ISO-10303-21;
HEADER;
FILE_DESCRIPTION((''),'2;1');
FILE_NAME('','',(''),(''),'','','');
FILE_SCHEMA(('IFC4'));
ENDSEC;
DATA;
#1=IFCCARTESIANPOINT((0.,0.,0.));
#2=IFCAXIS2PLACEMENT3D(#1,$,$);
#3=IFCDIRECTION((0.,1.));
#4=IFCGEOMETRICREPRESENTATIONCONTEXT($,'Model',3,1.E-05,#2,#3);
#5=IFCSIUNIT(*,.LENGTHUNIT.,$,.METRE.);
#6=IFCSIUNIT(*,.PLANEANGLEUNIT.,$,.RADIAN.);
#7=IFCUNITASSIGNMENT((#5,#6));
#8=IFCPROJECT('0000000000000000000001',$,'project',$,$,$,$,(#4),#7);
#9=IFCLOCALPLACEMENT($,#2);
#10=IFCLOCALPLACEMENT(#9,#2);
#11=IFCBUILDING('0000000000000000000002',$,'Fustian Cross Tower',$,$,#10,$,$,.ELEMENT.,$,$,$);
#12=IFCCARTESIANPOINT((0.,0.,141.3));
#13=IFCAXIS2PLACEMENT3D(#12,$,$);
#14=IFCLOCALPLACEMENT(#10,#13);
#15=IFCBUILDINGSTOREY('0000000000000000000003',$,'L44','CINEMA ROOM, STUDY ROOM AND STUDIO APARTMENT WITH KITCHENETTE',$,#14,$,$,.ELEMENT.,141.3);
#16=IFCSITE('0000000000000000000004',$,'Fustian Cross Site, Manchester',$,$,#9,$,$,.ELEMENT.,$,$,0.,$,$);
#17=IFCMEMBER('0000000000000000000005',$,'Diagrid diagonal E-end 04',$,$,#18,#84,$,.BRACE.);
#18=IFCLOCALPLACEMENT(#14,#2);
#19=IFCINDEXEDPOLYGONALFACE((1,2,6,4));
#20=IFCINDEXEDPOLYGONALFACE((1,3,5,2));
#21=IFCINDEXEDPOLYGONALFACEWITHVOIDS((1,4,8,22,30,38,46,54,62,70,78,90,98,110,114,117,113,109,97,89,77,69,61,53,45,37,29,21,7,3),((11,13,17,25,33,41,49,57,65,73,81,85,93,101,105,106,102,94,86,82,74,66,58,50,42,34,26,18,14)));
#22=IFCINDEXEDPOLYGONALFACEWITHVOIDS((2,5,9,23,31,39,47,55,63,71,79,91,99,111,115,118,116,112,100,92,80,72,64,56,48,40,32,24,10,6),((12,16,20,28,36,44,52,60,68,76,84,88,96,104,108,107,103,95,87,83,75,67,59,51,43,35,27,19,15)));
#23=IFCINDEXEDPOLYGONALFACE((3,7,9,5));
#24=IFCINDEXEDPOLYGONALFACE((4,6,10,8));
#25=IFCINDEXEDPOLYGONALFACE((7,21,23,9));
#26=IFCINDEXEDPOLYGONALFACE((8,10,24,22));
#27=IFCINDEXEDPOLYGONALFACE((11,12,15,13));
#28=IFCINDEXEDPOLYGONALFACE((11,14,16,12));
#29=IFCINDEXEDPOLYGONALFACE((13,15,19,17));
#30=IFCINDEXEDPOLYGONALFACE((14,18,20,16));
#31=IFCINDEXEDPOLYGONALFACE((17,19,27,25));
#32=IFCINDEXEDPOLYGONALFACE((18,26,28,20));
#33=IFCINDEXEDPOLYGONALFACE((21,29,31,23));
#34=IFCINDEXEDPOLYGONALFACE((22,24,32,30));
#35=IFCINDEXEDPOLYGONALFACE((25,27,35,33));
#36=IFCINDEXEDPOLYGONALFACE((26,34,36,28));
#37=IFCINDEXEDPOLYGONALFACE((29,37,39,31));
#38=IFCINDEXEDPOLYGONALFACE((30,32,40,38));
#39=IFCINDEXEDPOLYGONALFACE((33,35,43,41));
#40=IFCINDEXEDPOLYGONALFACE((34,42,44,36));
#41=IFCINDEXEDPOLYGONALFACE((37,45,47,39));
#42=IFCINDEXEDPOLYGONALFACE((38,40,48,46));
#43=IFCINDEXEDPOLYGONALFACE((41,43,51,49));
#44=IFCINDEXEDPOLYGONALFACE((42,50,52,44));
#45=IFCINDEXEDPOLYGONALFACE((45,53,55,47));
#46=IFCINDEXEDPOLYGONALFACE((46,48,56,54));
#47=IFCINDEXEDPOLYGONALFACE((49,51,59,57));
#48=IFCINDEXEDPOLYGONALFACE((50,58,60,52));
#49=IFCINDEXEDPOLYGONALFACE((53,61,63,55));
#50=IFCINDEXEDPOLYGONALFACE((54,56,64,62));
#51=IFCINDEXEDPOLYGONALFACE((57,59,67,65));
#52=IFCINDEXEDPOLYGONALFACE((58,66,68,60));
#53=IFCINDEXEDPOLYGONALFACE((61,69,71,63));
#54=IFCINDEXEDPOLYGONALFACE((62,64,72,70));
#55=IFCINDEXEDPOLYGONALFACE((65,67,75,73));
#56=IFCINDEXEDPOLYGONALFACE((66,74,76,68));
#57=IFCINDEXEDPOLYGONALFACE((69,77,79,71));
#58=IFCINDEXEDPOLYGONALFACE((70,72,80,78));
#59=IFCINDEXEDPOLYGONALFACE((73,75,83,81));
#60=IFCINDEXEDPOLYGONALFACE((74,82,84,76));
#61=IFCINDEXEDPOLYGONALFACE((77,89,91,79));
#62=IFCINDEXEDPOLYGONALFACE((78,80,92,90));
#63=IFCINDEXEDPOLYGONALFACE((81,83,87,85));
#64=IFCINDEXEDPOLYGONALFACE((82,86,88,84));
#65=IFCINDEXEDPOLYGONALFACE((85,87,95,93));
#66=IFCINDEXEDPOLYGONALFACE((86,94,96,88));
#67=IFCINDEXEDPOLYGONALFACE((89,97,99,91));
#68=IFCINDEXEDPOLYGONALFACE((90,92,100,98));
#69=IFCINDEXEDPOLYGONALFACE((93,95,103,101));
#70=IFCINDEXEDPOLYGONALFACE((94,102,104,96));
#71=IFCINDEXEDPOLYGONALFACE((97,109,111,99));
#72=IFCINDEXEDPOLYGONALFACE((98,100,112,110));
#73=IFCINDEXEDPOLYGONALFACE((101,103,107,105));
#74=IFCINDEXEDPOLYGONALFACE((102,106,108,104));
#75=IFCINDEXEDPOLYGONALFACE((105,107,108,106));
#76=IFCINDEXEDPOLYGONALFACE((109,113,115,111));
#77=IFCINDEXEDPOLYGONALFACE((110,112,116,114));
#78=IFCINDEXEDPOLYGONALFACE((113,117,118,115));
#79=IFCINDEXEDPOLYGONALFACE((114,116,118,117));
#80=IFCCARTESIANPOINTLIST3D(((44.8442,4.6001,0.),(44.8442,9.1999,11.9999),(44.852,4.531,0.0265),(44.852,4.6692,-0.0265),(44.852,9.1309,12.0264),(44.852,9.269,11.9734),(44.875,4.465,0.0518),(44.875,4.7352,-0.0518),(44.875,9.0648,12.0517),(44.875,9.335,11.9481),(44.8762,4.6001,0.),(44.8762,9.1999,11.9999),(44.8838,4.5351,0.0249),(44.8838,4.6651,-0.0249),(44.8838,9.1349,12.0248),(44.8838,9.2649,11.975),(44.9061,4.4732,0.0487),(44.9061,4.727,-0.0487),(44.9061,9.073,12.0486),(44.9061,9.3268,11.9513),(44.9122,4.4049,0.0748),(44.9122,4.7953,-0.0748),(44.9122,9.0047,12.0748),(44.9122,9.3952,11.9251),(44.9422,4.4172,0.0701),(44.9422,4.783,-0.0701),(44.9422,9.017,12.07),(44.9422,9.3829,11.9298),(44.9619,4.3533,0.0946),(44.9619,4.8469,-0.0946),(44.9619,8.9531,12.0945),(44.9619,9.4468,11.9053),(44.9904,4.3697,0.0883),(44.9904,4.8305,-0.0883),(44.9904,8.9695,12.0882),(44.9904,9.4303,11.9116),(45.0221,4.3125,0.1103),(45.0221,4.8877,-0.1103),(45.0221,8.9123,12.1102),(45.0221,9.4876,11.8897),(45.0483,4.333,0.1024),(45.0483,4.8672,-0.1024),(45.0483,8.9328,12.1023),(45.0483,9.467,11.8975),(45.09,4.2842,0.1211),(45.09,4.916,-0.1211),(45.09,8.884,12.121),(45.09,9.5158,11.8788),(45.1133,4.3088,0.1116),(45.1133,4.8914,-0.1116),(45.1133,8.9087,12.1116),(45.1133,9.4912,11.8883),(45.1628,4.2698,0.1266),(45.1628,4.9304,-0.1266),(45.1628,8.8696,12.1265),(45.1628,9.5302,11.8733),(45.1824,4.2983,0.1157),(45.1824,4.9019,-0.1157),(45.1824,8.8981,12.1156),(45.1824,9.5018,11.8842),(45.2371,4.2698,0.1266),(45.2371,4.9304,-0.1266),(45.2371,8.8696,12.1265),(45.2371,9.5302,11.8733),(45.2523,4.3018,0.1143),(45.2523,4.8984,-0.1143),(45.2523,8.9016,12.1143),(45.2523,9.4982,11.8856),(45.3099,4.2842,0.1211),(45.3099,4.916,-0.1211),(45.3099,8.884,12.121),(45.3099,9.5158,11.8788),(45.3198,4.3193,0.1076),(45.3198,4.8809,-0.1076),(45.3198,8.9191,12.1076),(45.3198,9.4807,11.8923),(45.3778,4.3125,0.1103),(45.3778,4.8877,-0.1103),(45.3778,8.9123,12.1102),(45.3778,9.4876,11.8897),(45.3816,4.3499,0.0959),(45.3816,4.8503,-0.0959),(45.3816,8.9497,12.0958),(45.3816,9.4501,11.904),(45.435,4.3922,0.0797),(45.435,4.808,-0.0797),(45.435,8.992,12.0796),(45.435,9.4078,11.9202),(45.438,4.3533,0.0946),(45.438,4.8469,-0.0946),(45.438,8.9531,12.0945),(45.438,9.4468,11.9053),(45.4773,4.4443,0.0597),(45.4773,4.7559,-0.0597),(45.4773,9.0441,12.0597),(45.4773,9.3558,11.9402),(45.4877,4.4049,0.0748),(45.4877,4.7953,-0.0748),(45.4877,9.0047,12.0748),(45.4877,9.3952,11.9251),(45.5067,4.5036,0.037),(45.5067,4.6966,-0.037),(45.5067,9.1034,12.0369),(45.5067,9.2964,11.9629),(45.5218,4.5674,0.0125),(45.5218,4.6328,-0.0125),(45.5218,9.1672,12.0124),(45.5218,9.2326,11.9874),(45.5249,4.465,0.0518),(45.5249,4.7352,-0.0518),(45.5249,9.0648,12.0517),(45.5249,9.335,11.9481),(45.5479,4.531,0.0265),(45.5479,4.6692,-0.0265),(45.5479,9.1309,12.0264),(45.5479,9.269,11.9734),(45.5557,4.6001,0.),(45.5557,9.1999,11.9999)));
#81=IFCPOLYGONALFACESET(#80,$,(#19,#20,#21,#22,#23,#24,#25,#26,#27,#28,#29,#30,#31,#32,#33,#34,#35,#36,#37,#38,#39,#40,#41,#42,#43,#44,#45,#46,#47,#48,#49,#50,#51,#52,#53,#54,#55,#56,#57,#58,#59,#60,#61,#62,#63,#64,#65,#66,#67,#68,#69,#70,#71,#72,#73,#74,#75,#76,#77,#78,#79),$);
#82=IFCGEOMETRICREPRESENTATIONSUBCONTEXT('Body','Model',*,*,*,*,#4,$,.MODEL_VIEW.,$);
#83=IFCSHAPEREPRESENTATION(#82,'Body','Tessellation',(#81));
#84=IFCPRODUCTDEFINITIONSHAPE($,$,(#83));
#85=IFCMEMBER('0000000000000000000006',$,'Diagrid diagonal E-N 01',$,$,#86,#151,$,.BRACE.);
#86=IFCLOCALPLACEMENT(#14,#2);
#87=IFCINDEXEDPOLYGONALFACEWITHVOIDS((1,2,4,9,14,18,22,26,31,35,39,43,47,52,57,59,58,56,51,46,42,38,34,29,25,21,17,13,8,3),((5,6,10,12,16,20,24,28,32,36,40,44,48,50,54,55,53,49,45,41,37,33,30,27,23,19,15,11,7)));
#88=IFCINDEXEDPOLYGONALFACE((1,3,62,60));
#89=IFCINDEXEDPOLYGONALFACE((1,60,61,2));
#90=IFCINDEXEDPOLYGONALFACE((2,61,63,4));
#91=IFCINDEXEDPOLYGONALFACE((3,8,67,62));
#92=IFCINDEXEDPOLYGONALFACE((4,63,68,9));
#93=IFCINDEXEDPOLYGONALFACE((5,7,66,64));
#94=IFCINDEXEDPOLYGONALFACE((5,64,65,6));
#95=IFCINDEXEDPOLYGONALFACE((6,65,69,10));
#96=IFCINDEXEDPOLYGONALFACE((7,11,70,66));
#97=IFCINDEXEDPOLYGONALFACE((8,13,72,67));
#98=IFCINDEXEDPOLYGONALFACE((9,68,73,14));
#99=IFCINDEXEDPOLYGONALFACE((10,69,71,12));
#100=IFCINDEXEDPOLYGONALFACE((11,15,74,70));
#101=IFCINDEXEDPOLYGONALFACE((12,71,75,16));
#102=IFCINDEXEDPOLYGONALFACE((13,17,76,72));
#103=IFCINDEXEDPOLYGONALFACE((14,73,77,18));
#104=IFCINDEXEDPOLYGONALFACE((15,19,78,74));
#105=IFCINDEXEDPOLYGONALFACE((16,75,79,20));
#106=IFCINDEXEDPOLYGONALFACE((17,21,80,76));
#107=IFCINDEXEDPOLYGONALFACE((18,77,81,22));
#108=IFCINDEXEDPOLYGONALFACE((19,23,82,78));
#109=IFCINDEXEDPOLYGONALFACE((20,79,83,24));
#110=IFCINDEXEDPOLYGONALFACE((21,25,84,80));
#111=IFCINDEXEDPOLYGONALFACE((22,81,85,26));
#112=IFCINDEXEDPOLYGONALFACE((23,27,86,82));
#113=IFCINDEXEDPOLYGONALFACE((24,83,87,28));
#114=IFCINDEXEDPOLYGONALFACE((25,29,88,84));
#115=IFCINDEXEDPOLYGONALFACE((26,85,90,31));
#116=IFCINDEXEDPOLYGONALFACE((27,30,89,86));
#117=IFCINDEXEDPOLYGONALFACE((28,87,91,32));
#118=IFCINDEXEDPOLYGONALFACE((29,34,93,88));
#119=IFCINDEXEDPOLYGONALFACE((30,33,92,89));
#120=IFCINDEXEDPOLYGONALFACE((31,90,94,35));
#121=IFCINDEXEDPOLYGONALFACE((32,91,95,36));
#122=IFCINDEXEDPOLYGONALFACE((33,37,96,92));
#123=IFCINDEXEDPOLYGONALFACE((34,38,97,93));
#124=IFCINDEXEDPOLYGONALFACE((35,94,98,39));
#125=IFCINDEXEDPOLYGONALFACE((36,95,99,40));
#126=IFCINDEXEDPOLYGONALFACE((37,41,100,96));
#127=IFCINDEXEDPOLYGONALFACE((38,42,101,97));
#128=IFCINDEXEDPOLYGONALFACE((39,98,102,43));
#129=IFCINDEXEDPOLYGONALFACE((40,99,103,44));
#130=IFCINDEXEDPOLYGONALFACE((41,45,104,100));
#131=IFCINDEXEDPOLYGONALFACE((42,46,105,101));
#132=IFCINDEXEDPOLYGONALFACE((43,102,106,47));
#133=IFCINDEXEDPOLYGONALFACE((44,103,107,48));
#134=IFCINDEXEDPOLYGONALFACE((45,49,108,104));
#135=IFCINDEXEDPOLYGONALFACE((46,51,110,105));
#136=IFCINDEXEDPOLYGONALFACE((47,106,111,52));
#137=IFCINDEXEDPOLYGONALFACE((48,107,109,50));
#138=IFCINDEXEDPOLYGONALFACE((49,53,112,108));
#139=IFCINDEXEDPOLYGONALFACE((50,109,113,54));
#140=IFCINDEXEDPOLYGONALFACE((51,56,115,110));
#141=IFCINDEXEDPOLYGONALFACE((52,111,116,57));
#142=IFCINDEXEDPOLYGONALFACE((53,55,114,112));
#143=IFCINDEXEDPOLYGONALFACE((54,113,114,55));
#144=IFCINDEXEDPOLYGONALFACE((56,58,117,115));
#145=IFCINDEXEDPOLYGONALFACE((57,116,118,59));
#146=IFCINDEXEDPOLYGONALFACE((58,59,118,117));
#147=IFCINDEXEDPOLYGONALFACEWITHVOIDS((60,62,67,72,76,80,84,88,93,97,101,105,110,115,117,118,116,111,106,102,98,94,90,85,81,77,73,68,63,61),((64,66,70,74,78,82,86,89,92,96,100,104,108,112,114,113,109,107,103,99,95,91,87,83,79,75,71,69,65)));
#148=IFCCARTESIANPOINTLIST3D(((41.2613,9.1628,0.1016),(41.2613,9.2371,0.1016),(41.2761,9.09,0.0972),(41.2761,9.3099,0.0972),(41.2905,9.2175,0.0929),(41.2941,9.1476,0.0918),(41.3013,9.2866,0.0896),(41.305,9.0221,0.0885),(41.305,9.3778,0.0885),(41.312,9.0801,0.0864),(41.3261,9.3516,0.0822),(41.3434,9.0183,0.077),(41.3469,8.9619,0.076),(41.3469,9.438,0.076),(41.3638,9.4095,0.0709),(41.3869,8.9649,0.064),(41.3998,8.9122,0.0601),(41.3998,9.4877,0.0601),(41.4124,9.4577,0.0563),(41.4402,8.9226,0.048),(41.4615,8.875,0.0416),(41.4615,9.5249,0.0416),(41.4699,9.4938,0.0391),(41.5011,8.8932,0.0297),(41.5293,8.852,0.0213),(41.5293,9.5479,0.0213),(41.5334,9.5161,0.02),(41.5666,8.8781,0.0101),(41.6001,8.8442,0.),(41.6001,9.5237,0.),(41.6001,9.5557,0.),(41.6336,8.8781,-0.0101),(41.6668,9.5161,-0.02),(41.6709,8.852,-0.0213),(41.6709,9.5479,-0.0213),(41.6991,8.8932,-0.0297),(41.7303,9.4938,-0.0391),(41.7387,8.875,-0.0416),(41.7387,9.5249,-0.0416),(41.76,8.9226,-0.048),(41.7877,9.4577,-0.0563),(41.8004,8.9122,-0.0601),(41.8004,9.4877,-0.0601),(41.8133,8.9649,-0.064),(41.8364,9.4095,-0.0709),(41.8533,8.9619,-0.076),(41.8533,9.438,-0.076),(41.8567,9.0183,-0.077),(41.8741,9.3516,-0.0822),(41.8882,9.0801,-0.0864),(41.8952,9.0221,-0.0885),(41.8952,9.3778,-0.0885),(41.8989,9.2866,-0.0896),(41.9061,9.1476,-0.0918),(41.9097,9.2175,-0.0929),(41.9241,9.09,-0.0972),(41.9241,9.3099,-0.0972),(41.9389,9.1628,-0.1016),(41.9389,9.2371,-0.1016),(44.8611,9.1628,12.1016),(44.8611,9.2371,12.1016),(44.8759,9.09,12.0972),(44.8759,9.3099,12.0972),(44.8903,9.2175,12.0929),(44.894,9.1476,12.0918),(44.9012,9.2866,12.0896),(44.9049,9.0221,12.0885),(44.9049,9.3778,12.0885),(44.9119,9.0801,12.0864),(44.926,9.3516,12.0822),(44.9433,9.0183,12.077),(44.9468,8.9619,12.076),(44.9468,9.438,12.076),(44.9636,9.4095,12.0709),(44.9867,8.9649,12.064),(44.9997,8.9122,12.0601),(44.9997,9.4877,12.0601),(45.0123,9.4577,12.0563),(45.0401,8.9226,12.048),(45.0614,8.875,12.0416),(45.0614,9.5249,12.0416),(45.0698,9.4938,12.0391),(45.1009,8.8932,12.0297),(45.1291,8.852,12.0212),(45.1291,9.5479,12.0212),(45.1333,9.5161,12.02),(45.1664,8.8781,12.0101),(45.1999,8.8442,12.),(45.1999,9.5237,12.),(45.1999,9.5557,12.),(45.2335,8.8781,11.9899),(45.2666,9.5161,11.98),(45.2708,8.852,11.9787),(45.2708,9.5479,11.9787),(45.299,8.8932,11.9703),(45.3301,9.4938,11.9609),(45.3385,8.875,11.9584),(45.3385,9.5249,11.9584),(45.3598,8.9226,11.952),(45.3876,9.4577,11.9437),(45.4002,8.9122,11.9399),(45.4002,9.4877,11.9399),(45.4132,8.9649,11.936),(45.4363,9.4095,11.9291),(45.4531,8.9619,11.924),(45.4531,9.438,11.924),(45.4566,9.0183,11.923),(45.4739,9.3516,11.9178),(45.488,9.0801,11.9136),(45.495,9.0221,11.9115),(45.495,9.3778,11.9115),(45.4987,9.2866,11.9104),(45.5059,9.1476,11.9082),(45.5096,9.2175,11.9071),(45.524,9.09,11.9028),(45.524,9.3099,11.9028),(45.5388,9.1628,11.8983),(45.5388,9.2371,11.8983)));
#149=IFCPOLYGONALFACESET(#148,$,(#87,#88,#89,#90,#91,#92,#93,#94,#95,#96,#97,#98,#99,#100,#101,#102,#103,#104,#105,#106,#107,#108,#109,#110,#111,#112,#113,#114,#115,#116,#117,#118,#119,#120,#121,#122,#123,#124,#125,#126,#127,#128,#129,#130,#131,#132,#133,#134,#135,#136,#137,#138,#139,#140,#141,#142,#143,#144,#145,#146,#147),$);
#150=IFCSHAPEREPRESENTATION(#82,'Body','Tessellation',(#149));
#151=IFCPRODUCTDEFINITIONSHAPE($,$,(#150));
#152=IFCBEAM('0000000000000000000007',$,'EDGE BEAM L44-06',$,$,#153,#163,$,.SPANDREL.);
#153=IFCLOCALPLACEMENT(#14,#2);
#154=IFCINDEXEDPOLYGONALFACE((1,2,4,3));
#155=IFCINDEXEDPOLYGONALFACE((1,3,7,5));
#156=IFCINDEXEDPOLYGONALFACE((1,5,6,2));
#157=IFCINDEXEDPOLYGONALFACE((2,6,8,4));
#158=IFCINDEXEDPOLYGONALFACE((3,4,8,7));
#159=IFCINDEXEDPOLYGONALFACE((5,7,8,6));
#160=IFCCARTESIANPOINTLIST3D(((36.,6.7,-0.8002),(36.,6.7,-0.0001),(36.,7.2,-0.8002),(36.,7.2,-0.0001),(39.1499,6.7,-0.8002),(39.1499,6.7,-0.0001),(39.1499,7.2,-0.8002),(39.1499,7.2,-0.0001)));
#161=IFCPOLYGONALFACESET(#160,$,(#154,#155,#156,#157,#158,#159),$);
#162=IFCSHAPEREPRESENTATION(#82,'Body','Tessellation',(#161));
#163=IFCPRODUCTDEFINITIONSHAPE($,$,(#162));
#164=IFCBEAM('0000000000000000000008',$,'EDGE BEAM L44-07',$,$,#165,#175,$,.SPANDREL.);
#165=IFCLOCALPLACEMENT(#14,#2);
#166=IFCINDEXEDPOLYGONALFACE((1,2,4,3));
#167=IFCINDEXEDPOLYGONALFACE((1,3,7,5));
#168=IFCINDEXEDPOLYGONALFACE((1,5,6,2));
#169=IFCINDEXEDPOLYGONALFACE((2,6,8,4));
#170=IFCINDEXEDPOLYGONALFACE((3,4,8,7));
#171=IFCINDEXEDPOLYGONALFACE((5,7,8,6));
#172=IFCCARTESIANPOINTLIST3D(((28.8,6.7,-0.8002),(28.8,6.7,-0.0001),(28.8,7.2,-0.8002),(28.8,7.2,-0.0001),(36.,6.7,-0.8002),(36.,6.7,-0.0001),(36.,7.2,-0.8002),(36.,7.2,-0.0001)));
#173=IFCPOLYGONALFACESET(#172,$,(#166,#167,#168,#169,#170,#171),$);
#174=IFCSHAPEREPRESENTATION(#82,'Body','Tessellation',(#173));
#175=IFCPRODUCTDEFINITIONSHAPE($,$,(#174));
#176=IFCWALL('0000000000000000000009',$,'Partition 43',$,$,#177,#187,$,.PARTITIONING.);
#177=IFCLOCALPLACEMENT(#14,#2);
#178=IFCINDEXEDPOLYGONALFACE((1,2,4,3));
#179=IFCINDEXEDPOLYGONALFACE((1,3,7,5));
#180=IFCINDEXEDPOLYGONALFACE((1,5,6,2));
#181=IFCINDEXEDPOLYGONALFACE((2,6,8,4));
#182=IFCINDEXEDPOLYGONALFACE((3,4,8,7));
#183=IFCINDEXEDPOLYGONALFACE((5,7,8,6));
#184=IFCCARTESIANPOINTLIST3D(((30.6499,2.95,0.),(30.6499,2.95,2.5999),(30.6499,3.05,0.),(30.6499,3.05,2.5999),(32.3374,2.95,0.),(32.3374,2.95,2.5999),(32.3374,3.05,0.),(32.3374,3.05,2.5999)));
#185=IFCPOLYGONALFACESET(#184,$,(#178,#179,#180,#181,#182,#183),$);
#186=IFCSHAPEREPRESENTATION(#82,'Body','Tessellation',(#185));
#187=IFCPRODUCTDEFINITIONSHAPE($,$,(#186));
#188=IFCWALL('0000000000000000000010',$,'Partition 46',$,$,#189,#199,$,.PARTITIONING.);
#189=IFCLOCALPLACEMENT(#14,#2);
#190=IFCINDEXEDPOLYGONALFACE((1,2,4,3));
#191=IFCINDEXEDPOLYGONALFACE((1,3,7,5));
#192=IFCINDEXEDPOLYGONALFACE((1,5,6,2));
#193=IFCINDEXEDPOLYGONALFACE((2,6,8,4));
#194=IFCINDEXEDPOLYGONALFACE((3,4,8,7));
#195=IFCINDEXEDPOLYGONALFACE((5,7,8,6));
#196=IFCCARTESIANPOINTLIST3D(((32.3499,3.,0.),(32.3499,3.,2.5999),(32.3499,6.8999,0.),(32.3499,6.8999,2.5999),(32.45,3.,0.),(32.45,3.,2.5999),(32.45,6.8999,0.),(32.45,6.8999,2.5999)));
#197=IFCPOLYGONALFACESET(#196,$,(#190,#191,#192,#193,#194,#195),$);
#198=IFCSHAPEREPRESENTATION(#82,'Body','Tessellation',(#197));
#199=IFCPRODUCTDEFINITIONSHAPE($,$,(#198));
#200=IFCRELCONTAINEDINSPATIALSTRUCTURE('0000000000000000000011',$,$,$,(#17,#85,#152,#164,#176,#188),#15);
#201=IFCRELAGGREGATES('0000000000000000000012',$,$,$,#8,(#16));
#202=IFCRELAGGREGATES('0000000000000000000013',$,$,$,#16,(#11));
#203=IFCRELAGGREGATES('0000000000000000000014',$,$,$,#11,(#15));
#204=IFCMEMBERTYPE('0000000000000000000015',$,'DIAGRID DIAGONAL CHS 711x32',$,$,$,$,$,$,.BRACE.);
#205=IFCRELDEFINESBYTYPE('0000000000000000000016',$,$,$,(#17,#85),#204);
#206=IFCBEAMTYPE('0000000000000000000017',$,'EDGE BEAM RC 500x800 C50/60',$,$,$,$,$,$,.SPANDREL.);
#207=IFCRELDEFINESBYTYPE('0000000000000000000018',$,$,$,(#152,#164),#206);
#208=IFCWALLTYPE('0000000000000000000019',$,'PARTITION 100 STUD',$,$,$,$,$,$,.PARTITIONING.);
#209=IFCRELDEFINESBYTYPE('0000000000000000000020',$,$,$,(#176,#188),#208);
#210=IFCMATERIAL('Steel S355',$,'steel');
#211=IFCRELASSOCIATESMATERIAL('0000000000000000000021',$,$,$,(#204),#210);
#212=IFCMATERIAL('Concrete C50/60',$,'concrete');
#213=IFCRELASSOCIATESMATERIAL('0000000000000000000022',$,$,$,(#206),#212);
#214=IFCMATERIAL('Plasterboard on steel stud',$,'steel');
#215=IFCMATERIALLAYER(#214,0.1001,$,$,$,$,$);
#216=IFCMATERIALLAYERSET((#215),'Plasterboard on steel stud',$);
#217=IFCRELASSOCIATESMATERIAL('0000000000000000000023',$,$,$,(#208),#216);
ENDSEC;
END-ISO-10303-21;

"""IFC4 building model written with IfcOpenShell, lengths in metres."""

from ifc_helpers import new_model, si_unit, direction, frame, frame_2d, origin, origin_2d, place, context, subcontext, project, spatial, rectangle, hollow_circle, extrude, material, layer, layer_set, material_profile, profile_set, type_object, element, save


model = new_model("IFC4")

# Units and contexts
model_context = context("Model", 3, precision=1e-05, world=origin(), true_north=direction((0.0, 1.0)))
body_context = subcontext(model_context, "Body", "Model", "MODEL_VIEW")
ifc_project = project(units=[si_unit("LENGTHUNIT", "METRE"), si_unit("PLANEANGLEUNIT", "RADIAN")], contexts=[model_context])

# Site, building, storey
site_placement = place(None, origin())
site = spatial("IfcSite", under=ifc_project, at=site_placement, Name="Fustian Cross Site, Manchester", CompositionType="ELEMENT", RefElevation=0.0)
building_placement = place(site_placement, origin())
building = spatial("IfcBuilding", under=site, at=building_placement, Name="Fustian Cross Tower", CompositionType="ELEMENT")
storey_placement = place(building_placement, frame((0.0, 0.0, 141.3)))
storey = spatial("IfcBuildingStorey", under=building, at=storey_placement, Name="L44", Description="CINEMA ROOM, STUDY ROOM AND STUDIO APARTMENT WITH KITCHENETTE", CompositionType="ELEMENT", Elevation=141.3)

# Members
ifc_material_1 = material(Name="Steel S355", Category="steel")
ifc_material_profile_1 = material_profile(ifc_material_1, hollow_circle(Radius=0.3557, WallThickness=0.032, at=origin_2d()), Name="CHS 711x32")
ifc_profile_set_1 = profile_set([ifc_material_profile_1], Name="Steel S355")
member_type_1 = type_object("IfcMemberType", Name="DIAGRID DIAGONAL CHS 711x32", PredefinedType="BRACE", material=ifc_profile_set_1)
member_1_placement = place(storey_placement, frame((45.2, 4.6001, 0.0), z_axis=(0.0, 0.357926, 0.93375), x_axis=(-1.0, 0.0, 0.0)))
element("IfcMember", 1, at=member_1_placement, inside=storey, type_object=member_type_1, Name="Diagrid diagonal E-end 04", PredefinedType="BRACE", context=body_context, shape_type="SweptSolid", body=[
    extrude(hollow_circle(Radius=0.3557, WallThickness=0.032, at=origin_2d()), origin(), (0.0, 0.0, 1.0), 12.8513),
])
member_2_placement = place(storey_placement, frame((41.6001, 9.2, 0.0), z_axis=(0.287337, 0.0, 0.95783), x_axis=(0.0, 1.0, 0.0)))
element("IfcMember", 2, at=member_2_placement, inside=storey, type_object=member_type_1, Name="Diagrid diagonal E-N 01", PredefinedType="BRACE", context=body_context, shape_type="SweptSolid", body=[
    extrude(hollow_circle(Radius=0.3557, WallThickness=0.032, at=origin_2d()), origin(), (0.0, 0.0, 1.0), 12.5283),
])

# Beams
ifc_material_2 = material(Name="Concrete C50/60", Category="concrete")
ifc_material_profile_2 = material_profile(ifc_material_2, rectangle(XDim=0.5, YDim=0.8, at=origin_2d()), Name="RC 500x800")
ifc_profile_set_2 = profile_set([ifc_material_profile_2], Name="Concrete C50/60")
beam_type = type_object("IfcBeamType", Name="EDGE BEAM RC 500x800 C50/60", PredefinedType="SPANDREL", material=ifc_profile_set_2)
beam_1_placement = place(storey_placement, frame((39.1499, 6.95, -0.4001), z_axis=(-1.0, 0.0, 0.0), x_axis=(0.0, -1.0, 0.0)))
element("IfcBeam", 3, at=beam_1_placement, inside=storey, type_object=beam_type, Name="EDGE BEAM L44-06", PredefinedType="SPANDREL", context=body_context, shape_type="SweptSolid", body=[
    extrude(rectangle(XDim=0.5, YDim=0.8, at=origin_2d()), origin(), (0.0, 0.0, 1.0), 3.1499),
])
beam_2_placement = place(storey_placement, frame((36.0, 6.95, -0.4001), z_axis=(-1.0, 0.0, 0.0), x_axis=(0.0, -1.0, 0.0)))
element("IfcBeam", 4, at=beam_2_placement, inside=storey, type_object=beam_type, Name="EDGE BEAM L44-07", PredefinedType="SPANDREL", context=body_context, shape_type="SweptSolid", body=[
    extrude(rectangle(XDim=0.5, YDim=0.8, at=origin_2d()), origin(), (0.0, 0.0, 1.0), 7.2),
])

# Walls
ifc_material_3 = material(Name="Plasterboard on steel stud", Category="steel")
ifc_layer_1 = layer(ifc_material_3, 0.1001)
ifc_layer_set_1 = layer_set([ifc_layer_1], Name="Plasterboard on steel stud")
wall_type_1 = type_object("IfcWallType", Name="PARTITION 100 STUD", PredefinedType="PARTITIONING", material=ifc_layer_set_1)
wall_1_placement = place(storey_placement, frame((30.6499, 3.0, 0.0), z_axis=(0.0, 0.0, 1.0), x_axis=(1.0, 0.0, 0.0)))
element("IfcWall", 5, at=wall_1_placement, inside=storey, type_object=wall_type_1, Name="Partition 43", PredefinedType="PARTITIONING", context=body_context, shape_type="SweptSolid", body=[
    extrude(rectangle(XDim=1.6875, YDim=0.1001, at=frame_2d((0.8438, 0.0))), origin(), (0.0, 0.0, 1.0), 2.5999),
])
wall_2_placement = place(storey_placement, frame((32.3999, 3.0, 0.0), z_axis=(0.0, 0.0, 1.0), x_axis=(0.0, 1.0, 0.0)))
element("IfcWall", 6, at=wall_2_placement, inside=storey, type_object=wall_type_1, Name="Partition 46", PredefinedType="PARTITIONING", context=body_context, shape_type="SweptSolid", body=[
    extrude(rectangle(XDim=3.8999, YDim=0.1001, at=frame_2d((1.95, 0.0))), origin(), (0.0, 0.0, 1.0), 2.5999),
])

save(model, "model.ifc")
